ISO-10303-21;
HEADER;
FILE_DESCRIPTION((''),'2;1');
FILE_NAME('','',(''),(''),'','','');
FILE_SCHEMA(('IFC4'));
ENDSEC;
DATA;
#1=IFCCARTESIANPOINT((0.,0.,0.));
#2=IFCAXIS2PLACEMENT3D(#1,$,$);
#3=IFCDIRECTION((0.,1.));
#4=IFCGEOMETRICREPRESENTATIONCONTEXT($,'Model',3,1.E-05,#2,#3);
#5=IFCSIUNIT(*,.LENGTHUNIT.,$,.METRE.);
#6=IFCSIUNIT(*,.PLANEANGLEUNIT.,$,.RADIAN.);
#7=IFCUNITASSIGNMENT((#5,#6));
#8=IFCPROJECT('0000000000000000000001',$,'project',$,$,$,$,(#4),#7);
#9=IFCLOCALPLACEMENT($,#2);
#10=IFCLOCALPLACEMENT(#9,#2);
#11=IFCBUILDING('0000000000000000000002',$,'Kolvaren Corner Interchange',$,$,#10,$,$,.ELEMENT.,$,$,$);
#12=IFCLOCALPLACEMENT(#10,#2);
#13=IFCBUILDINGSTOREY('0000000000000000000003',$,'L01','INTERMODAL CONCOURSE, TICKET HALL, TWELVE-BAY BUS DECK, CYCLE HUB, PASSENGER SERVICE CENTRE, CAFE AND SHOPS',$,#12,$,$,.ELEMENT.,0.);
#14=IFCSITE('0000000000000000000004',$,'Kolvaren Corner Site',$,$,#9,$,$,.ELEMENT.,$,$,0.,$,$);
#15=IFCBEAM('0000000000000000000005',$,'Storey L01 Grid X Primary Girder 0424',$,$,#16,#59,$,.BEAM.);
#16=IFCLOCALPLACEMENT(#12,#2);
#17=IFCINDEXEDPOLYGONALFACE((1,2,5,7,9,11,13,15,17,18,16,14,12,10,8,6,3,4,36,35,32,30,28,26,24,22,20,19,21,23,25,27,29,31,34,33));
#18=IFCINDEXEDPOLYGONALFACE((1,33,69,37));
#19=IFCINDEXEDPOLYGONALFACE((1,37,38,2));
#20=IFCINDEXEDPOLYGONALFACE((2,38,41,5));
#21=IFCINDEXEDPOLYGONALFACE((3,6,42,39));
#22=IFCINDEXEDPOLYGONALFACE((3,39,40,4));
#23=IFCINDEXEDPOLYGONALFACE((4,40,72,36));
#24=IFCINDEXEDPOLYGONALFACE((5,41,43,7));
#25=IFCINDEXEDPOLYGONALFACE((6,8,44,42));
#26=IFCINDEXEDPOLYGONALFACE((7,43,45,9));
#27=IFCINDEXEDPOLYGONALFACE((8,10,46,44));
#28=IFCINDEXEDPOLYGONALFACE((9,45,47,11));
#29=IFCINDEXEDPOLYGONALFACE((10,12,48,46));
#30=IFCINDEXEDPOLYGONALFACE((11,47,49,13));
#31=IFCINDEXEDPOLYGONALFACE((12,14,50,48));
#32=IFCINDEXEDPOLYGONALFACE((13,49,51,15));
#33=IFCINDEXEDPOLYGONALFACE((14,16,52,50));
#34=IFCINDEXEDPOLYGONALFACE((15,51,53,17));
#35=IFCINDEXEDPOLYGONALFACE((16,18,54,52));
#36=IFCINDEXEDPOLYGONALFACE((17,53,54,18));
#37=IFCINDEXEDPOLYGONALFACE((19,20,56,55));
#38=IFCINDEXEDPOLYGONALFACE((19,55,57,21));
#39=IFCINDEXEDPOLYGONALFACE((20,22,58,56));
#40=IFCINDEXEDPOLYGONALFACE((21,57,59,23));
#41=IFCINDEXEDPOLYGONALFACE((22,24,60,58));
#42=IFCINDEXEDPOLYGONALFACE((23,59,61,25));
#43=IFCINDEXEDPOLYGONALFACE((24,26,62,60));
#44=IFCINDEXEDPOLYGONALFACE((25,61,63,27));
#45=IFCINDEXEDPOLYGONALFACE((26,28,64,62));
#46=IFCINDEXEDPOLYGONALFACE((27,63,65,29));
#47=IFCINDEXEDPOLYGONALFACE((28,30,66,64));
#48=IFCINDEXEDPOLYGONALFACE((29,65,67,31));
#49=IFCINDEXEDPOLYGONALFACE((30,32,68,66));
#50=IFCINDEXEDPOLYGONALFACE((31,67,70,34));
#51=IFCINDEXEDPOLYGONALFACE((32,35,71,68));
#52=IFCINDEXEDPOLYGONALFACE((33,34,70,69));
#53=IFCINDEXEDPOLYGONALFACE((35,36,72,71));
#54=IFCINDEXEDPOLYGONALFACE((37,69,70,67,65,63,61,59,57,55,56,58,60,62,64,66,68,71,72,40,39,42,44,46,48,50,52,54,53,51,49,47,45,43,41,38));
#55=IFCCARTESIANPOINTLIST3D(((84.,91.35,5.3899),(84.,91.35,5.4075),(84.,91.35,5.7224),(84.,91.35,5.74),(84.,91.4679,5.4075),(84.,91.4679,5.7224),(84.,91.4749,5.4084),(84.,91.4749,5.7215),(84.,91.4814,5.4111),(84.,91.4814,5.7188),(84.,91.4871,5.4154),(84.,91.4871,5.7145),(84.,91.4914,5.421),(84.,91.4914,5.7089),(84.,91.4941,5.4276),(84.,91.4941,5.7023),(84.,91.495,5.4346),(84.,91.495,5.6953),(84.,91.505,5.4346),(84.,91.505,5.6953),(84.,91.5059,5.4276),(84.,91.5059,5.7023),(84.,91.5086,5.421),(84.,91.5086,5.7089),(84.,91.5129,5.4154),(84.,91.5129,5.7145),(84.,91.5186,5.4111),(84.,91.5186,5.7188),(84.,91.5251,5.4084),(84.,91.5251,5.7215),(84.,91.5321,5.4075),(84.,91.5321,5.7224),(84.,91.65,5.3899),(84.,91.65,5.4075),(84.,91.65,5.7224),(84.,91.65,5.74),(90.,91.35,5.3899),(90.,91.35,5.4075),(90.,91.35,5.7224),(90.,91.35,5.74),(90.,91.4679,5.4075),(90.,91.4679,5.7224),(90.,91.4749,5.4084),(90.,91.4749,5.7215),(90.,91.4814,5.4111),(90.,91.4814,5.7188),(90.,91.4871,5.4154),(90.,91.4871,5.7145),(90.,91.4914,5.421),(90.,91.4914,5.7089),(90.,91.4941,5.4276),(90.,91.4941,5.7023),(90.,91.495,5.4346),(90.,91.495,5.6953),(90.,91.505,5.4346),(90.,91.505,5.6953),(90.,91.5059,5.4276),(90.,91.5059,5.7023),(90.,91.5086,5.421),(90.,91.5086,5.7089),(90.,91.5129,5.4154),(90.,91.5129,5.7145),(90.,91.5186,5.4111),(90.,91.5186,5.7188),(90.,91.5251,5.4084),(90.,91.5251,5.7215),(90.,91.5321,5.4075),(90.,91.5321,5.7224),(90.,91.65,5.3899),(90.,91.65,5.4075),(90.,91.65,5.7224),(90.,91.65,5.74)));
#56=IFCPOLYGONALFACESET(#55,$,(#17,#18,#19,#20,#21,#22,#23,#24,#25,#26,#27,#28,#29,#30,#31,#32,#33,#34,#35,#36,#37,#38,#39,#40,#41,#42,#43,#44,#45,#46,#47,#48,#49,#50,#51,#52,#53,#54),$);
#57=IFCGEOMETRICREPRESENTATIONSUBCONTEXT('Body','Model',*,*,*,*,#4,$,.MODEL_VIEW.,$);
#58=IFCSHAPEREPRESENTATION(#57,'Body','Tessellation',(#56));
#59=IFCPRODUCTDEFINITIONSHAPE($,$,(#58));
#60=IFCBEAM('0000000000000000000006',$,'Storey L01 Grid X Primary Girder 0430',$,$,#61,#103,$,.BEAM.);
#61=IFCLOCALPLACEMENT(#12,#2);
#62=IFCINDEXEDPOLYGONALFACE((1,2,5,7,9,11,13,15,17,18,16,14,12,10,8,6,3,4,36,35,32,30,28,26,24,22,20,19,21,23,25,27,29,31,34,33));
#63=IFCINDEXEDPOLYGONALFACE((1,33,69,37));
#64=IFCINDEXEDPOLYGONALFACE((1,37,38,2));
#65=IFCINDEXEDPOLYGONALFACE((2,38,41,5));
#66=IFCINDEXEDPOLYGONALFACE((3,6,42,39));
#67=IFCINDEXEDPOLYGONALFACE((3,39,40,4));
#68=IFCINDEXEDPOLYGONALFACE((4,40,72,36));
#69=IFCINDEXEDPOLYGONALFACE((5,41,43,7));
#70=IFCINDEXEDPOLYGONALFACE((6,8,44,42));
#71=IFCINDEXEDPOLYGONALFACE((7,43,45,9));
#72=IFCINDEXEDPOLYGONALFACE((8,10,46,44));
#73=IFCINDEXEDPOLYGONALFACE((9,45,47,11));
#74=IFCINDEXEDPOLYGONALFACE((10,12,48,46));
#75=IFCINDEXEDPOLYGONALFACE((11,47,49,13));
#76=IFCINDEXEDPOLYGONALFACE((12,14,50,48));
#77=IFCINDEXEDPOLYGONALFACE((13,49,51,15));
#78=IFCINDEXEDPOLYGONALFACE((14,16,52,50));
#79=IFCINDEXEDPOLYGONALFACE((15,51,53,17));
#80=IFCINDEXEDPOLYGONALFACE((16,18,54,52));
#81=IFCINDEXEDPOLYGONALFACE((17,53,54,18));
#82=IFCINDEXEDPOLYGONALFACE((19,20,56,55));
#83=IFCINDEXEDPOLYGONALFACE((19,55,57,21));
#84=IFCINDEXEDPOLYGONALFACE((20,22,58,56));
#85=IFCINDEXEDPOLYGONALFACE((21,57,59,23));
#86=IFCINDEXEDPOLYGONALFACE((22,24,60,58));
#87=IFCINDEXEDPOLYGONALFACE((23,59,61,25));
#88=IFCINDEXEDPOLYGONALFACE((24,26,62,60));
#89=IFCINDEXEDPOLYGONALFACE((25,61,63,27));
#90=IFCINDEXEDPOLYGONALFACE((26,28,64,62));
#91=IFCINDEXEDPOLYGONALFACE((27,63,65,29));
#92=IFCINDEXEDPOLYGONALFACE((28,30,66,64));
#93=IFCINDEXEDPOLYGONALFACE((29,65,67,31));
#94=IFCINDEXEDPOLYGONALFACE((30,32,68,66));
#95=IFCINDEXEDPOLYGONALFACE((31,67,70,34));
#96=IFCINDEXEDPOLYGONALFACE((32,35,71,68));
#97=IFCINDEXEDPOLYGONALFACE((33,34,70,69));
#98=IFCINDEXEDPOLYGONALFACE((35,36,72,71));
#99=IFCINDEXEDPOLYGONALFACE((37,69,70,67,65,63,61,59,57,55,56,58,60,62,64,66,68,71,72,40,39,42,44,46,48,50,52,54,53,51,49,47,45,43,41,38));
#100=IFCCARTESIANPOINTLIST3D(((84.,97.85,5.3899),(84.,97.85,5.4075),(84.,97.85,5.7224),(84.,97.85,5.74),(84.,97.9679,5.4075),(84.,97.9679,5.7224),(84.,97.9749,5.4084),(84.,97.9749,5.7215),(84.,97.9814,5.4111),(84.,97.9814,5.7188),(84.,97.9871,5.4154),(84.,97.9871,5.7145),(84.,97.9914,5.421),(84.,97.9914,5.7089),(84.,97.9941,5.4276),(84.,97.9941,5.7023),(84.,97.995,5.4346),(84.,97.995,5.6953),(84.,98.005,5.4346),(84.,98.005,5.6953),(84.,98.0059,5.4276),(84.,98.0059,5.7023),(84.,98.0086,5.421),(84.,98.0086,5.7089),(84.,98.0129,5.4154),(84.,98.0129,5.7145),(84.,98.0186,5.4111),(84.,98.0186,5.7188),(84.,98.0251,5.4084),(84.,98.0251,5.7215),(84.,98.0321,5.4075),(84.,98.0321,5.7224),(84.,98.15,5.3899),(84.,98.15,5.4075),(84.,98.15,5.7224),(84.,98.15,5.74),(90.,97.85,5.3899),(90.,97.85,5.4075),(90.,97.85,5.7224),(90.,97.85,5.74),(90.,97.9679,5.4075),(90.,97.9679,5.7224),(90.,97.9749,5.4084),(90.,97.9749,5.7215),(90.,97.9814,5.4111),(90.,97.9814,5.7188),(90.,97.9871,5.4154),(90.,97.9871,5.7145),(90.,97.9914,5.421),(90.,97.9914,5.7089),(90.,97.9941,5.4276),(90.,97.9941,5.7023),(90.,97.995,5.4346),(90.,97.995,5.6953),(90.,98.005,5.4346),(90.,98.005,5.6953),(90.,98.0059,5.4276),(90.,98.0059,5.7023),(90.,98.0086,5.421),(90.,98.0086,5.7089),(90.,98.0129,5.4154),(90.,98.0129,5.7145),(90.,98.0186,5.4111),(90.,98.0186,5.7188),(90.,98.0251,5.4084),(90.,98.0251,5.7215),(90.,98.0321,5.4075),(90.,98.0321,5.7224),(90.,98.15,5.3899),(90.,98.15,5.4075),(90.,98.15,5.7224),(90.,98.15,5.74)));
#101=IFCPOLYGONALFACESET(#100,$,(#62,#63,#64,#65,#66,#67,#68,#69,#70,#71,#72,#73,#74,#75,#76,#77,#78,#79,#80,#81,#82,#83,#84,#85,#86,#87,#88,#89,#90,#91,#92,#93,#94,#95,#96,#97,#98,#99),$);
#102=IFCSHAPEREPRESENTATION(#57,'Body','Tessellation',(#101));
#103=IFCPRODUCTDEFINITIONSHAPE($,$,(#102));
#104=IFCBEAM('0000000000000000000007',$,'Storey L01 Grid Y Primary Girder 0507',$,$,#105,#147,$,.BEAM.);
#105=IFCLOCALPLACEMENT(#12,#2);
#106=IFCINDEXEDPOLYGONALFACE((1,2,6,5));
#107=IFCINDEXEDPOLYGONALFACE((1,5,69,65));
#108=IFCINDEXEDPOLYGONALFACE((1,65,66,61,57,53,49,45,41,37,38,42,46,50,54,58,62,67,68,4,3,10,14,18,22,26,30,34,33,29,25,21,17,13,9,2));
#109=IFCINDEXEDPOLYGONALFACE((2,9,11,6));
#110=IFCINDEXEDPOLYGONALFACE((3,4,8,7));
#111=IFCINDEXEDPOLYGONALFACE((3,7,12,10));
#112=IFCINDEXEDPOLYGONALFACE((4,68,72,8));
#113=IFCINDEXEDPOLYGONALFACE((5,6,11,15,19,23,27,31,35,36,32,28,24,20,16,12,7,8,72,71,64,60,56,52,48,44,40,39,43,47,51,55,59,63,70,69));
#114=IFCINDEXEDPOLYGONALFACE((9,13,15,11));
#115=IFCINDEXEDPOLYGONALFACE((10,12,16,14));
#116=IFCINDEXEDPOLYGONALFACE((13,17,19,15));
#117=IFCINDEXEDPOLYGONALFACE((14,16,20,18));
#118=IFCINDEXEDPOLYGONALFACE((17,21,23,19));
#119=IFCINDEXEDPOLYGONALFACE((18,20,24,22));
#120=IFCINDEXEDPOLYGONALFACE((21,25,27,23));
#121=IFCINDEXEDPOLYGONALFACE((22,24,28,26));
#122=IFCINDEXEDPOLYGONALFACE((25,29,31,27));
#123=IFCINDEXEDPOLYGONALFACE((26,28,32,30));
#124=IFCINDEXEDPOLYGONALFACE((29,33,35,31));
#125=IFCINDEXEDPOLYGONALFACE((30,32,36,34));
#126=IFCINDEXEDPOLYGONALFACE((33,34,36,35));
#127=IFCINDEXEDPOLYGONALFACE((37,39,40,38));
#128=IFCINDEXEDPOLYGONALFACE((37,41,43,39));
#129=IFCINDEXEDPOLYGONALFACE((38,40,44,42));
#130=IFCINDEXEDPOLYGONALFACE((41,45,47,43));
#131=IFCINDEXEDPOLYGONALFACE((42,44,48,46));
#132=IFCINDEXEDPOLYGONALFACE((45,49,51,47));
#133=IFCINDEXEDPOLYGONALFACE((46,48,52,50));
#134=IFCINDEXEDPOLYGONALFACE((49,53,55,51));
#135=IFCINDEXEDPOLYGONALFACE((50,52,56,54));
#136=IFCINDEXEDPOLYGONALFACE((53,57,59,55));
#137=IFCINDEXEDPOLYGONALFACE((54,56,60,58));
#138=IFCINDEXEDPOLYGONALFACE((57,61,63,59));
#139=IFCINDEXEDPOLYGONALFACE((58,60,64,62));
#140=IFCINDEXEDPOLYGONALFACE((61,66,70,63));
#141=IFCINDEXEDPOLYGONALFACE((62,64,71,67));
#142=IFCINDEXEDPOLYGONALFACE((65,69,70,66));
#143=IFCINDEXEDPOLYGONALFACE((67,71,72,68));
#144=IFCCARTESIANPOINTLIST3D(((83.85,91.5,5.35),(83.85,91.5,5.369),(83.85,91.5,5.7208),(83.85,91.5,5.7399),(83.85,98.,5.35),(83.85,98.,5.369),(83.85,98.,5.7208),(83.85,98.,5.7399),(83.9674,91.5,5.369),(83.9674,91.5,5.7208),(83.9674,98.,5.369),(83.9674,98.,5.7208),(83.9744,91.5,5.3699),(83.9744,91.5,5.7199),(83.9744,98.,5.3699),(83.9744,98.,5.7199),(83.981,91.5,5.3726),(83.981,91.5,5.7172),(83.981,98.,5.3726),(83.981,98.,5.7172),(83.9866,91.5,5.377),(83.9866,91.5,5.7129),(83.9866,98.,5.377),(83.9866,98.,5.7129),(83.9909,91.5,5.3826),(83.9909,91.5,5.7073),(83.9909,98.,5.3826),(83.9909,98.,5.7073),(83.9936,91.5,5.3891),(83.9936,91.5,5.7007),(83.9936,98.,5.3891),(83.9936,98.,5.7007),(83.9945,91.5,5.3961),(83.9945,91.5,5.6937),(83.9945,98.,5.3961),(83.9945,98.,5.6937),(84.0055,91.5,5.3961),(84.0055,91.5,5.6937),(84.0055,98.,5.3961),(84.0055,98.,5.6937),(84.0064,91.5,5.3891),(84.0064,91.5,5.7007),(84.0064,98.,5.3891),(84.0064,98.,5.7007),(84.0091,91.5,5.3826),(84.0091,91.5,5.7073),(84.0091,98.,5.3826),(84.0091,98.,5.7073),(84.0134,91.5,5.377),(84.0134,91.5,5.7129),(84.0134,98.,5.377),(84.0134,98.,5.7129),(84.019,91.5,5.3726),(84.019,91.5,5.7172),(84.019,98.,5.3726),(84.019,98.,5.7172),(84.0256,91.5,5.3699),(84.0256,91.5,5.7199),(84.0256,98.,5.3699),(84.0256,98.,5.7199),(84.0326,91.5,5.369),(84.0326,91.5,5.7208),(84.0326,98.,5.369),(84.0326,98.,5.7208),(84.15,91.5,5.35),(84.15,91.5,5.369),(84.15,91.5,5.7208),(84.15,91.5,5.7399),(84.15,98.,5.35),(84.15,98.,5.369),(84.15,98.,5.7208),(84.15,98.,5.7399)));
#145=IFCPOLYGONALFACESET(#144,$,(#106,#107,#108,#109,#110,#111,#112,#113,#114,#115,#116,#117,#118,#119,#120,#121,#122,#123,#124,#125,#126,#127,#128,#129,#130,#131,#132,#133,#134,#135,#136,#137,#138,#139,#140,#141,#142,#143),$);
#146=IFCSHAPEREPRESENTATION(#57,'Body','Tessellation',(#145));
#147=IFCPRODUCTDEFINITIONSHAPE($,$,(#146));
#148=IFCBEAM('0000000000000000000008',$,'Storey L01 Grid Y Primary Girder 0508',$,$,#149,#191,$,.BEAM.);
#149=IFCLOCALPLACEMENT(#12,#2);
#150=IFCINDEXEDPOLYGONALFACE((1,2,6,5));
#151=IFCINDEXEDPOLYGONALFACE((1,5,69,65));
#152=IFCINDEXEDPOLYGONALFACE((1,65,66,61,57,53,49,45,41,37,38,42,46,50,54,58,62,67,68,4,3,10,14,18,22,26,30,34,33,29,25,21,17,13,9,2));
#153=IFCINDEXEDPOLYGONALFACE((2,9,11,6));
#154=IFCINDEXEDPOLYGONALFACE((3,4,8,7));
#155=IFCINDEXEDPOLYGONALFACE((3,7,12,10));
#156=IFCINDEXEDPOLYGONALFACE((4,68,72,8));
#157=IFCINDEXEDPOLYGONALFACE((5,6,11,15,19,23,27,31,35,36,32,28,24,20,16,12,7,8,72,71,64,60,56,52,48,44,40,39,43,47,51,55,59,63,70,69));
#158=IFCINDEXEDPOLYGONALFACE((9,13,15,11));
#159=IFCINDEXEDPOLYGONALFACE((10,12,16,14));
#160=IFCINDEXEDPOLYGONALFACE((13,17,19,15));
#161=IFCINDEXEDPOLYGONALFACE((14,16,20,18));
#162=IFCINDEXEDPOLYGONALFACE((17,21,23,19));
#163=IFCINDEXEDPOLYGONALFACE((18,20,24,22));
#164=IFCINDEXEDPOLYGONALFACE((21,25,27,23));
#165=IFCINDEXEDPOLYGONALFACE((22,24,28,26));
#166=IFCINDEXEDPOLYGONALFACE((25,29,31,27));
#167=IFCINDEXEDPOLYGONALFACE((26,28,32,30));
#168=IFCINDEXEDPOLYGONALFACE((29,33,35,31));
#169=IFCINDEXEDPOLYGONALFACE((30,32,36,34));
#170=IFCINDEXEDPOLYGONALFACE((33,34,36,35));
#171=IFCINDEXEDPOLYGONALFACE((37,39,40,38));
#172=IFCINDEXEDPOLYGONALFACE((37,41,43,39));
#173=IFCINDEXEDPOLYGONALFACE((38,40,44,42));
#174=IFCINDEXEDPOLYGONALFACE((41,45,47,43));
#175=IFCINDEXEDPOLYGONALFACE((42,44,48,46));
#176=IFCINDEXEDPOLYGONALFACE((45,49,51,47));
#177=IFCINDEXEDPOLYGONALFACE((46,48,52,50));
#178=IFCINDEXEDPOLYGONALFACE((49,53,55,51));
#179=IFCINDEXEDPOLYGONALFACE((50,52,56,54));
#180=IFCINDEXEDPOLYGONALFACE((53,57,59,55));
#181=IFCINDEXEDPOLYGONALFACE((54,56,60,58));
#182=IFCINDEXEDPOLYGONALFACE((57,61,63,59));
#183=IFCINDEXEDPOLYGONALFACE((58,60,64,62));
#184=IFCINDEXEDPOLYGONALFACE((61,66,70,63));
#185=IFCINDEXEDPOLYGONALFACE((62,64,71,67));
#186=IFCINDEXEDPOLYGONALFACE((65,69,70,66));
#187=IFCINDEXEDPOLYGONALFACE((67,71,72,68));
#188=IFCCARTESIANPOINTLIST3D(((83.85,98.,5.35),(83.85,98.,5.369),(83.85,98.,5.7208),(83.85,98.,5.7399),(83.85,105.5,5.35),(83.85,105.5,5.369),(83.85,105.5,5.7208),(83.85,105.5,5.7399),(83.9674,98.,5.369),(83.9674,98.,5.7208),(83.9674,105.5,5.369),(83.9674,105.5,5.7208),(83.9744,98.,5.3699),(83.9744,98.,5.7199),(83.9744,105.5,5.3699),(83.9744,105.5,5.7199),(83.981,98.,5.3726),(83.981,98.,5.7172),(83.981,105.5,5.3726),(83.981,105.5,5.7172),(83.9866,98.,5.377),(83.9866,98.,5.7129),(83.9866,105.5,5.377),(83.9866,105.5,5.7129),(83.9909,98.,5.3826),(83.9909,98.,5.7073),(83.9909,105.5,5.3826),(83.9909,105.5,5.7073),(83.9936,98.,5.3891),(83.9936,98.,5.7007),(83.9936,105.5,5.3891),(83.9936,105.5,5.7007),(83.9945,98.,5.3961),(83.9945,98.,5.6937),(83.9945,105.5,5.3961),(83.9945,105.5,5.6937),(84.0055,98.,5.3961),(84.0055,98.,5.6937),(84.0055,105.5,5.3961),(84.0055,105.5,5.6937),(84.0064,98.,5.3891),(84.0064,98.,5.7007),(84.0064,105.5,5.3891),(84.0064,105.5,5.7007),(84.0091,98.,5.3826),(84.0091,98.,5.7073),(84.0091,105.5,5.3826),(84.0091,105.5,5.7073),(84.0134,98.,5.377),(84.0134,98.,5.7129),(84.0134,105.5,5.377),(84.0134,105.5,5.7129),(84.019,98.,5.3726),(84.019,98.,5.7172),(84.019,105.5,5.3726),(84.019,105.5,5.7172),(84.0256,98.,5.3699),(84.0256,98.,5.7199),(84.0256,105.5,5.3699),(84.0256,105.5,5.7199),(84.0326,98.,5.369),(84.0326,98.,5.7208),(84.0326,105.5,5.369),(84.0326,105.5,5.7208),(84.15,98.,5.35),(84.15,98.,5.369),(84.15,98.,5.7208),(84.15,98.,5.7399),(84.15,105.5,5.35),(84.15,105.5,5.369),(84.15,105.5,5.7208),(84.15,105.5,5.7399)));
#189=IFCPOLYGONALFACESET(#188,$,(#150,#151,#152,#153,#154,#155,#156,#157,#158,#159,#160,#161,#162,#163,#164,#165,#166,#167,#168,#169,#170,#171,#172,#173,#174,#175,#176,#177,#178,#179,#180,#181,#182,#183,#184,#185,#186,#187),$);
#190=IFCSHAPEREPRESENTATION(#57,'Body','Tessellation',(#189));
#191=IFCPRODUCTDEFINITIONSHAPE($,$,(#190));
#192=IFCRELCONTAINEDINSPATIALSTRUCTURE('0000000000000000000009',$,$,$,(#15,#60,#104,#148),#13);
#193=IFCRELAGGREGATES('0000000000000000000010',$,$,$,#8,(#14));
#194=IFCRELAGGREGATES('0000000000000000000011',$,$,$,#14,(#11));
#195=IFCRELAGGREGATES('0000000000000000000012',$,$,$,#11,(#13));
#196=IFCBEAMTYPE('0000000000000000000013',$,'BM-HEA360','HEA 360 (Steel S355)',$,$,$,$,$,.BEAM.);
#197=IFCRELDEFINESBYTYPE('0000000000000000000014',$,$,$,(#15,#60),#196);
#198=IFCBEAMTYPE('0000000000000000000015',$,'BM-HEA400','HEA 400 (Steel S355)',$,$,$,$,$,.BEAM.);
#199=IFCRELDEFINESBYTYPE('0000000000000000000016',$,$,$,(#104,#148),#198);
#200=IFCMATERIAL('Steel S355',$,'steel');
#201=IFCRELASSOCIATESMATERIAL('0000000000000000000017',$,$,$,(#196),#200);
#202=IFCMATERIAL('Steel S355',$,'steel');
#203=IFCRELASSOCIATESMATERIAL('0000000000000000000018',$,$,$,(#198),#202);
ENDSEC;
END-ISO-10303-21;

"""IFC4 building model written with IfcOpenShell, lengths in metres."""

from ifc_helpers import new_model, si_unit, direction, frame, origin, origin_2d, place, context, subcontext, project, spatial, i_section, extrude, material, material_profile, profile_set, type_object, element, save


model = new_model("IFC4")

# Units and contexts
model_context = context("Model", 3, precision=1e-05, world=origin(), true_north=direction((0.0, 1.0)))
body_context = subcontext(model_context, "Body", "Model", "MODEL_VIEW")
ifc_project = project(units=[si_unit("LENGTHUNIT", "METRE"), si_unit("PLANEANGLEUNIT", "RADIAN")], contexts=[model_context])

# Site, building, storey
site_placement = place(None, origin())
site = spatial("IfcSite", under=ifc_project, at=site_placement, Name="Kolvaren Corner Site", CompositionType="ELEMENT", RefElevation=0.0)
building_placement = place(site_placement, origin())
building = spatial("IfcBuilding", under=site, at=building_placement, Name="Kolvaren Corner Interchange", CompositionType="ELEMENT")
storey_placement = place(building_placement, origin())
storey = spatial("IfcBuildingStorey", under=building, at=storey_placement, Name="L01", Description="INTERMODAL CONCOURSE, TICKET HALL, TWELVE-BAY BUS DECK, CYCLE HUB, PASSENGER SERVICE CENTRE, CAFE AND SHOPS", CompositionType="ELEMENT", Elevation=0.0)

# Beams
ifc_material_1 = material(Name="Steel S355", Category="steel")
ifc_material_profile_1 = material_profile(ifc_material_1, i_section(OverallWidth=0.3, OverallDepth=0.3501, WebThickness=0.01, FlangeThickness=0.0176, FilletRadius=0.0271, at=origin_2d()), Name="HEA 360")
ifc_profile_set_1 = profile_set([ifc_material_profile_1], Name="Steel S355")
beam_type_1 = type_object("IfcBeamType", Name="BM-HEA360", Description="HEA 360 (Steel S355)", PredefinedType="BEAM", material=ifc_profile_set_1)
for number, where, z_axis, x_axis, name in (
    (1, (84.0, 91.5, 5.5649), (1.0, 0.0, 0.0), (0.0, 1.0, 0.0), "Storey L01 Grid X Primary Girder 0424"),
    (2, (84.0, 98.0, 5.5649), (1.0, 0.0, 0.0), (0.0, 1.0, 0.0), "Storey L01 Grid X Primary Girder 0430"),
):
    element("IfcBeam", number, at=place(storey_placement, frame(where, z_axis=z_axis, x_axis=x_axis)), inside=storey, type_object=beam_type_1, Name=name, PredefinedType="BEAM", context=body_context, shape_type="SweptSolid", body=[
        extrude(i_section(OverallWidth=0.3, OverallDepth=0.3501, WebThickness=0.01, FlangeThickness=0.0176, FilletRadius=0.0271, at=origin_2d()), origin(), (0.0, 0.0, 1.0), 6.0),
    ])
ifc_material_2 = material(Name="Steel S355", Category="steel")
ifc_material_profile_2 = material_profile(ifc_material_2, i_section(OverallWidth=0.3, OverallDepth=0.3899, WebThickness=0.011, FlangeThickness=0.019, FilletRadius=0.0271, at=origin_2d()), Name="HEA 400")
ifc_profile_set_2 = profile_set([ifc_material_profile_2], Name="Steel S355")
beam_type_2 = type_object("IfcBeamType", Name="BM-HEA400", Description="HEA 400 (Steel S355)", PredefinedType="BEAM", material=ifc_profile_set_2)
beam_1_placement = place(storey_placement, frame((84.0, 91.5, 5.5449), z_axis=(0.0, 1.0, 0.0), x_axis=(-1.0, 0.0, 0.0)))
element("IfcBeam", 3, at=beam_1_placement, inside=storey, type_object=beam_type_2, Name="Storey L01 Grid Y Primary Girder 0507", PredefinedType="BEAM", context=body_context, shape_type="SweptSolid", body=[
    extrude(i_section(OverallWidth=0.3, OverallDepth=0.3899, WebThickness=0.011, FlangeThickness=0.019, FilletRadius=0.0271, at=origin_2d()), origin(), (0.0, 0.0, 1.0), 6.5),
])
beam_2_placement = place(storey_placement, frame((84.0, 98.0, 5.5449), z_axis=(0.0, 1.0, 0.0), x_axis=(-1.0, 0.0, 0.0)))
element("IfcBeam", 4, at=beam_2_placement, inside=storey, type_object=beam_type_2, Name="Storey L01 Grid Y Primary Girder 0508", PredefinedType="BEAM", context=body_context, shape_type="SweptSolid", body=[
    extrude(i_section(OverallWidth=0.3, OverallDepth=0.3899, WebThickness=0.011, FlangeThickness=0.019, FilletRadius=0.0271, at=origin_2d()), origin(), (0.0, 0.0, 1.0), 7.5),
])

save(model, "model.ifc")
